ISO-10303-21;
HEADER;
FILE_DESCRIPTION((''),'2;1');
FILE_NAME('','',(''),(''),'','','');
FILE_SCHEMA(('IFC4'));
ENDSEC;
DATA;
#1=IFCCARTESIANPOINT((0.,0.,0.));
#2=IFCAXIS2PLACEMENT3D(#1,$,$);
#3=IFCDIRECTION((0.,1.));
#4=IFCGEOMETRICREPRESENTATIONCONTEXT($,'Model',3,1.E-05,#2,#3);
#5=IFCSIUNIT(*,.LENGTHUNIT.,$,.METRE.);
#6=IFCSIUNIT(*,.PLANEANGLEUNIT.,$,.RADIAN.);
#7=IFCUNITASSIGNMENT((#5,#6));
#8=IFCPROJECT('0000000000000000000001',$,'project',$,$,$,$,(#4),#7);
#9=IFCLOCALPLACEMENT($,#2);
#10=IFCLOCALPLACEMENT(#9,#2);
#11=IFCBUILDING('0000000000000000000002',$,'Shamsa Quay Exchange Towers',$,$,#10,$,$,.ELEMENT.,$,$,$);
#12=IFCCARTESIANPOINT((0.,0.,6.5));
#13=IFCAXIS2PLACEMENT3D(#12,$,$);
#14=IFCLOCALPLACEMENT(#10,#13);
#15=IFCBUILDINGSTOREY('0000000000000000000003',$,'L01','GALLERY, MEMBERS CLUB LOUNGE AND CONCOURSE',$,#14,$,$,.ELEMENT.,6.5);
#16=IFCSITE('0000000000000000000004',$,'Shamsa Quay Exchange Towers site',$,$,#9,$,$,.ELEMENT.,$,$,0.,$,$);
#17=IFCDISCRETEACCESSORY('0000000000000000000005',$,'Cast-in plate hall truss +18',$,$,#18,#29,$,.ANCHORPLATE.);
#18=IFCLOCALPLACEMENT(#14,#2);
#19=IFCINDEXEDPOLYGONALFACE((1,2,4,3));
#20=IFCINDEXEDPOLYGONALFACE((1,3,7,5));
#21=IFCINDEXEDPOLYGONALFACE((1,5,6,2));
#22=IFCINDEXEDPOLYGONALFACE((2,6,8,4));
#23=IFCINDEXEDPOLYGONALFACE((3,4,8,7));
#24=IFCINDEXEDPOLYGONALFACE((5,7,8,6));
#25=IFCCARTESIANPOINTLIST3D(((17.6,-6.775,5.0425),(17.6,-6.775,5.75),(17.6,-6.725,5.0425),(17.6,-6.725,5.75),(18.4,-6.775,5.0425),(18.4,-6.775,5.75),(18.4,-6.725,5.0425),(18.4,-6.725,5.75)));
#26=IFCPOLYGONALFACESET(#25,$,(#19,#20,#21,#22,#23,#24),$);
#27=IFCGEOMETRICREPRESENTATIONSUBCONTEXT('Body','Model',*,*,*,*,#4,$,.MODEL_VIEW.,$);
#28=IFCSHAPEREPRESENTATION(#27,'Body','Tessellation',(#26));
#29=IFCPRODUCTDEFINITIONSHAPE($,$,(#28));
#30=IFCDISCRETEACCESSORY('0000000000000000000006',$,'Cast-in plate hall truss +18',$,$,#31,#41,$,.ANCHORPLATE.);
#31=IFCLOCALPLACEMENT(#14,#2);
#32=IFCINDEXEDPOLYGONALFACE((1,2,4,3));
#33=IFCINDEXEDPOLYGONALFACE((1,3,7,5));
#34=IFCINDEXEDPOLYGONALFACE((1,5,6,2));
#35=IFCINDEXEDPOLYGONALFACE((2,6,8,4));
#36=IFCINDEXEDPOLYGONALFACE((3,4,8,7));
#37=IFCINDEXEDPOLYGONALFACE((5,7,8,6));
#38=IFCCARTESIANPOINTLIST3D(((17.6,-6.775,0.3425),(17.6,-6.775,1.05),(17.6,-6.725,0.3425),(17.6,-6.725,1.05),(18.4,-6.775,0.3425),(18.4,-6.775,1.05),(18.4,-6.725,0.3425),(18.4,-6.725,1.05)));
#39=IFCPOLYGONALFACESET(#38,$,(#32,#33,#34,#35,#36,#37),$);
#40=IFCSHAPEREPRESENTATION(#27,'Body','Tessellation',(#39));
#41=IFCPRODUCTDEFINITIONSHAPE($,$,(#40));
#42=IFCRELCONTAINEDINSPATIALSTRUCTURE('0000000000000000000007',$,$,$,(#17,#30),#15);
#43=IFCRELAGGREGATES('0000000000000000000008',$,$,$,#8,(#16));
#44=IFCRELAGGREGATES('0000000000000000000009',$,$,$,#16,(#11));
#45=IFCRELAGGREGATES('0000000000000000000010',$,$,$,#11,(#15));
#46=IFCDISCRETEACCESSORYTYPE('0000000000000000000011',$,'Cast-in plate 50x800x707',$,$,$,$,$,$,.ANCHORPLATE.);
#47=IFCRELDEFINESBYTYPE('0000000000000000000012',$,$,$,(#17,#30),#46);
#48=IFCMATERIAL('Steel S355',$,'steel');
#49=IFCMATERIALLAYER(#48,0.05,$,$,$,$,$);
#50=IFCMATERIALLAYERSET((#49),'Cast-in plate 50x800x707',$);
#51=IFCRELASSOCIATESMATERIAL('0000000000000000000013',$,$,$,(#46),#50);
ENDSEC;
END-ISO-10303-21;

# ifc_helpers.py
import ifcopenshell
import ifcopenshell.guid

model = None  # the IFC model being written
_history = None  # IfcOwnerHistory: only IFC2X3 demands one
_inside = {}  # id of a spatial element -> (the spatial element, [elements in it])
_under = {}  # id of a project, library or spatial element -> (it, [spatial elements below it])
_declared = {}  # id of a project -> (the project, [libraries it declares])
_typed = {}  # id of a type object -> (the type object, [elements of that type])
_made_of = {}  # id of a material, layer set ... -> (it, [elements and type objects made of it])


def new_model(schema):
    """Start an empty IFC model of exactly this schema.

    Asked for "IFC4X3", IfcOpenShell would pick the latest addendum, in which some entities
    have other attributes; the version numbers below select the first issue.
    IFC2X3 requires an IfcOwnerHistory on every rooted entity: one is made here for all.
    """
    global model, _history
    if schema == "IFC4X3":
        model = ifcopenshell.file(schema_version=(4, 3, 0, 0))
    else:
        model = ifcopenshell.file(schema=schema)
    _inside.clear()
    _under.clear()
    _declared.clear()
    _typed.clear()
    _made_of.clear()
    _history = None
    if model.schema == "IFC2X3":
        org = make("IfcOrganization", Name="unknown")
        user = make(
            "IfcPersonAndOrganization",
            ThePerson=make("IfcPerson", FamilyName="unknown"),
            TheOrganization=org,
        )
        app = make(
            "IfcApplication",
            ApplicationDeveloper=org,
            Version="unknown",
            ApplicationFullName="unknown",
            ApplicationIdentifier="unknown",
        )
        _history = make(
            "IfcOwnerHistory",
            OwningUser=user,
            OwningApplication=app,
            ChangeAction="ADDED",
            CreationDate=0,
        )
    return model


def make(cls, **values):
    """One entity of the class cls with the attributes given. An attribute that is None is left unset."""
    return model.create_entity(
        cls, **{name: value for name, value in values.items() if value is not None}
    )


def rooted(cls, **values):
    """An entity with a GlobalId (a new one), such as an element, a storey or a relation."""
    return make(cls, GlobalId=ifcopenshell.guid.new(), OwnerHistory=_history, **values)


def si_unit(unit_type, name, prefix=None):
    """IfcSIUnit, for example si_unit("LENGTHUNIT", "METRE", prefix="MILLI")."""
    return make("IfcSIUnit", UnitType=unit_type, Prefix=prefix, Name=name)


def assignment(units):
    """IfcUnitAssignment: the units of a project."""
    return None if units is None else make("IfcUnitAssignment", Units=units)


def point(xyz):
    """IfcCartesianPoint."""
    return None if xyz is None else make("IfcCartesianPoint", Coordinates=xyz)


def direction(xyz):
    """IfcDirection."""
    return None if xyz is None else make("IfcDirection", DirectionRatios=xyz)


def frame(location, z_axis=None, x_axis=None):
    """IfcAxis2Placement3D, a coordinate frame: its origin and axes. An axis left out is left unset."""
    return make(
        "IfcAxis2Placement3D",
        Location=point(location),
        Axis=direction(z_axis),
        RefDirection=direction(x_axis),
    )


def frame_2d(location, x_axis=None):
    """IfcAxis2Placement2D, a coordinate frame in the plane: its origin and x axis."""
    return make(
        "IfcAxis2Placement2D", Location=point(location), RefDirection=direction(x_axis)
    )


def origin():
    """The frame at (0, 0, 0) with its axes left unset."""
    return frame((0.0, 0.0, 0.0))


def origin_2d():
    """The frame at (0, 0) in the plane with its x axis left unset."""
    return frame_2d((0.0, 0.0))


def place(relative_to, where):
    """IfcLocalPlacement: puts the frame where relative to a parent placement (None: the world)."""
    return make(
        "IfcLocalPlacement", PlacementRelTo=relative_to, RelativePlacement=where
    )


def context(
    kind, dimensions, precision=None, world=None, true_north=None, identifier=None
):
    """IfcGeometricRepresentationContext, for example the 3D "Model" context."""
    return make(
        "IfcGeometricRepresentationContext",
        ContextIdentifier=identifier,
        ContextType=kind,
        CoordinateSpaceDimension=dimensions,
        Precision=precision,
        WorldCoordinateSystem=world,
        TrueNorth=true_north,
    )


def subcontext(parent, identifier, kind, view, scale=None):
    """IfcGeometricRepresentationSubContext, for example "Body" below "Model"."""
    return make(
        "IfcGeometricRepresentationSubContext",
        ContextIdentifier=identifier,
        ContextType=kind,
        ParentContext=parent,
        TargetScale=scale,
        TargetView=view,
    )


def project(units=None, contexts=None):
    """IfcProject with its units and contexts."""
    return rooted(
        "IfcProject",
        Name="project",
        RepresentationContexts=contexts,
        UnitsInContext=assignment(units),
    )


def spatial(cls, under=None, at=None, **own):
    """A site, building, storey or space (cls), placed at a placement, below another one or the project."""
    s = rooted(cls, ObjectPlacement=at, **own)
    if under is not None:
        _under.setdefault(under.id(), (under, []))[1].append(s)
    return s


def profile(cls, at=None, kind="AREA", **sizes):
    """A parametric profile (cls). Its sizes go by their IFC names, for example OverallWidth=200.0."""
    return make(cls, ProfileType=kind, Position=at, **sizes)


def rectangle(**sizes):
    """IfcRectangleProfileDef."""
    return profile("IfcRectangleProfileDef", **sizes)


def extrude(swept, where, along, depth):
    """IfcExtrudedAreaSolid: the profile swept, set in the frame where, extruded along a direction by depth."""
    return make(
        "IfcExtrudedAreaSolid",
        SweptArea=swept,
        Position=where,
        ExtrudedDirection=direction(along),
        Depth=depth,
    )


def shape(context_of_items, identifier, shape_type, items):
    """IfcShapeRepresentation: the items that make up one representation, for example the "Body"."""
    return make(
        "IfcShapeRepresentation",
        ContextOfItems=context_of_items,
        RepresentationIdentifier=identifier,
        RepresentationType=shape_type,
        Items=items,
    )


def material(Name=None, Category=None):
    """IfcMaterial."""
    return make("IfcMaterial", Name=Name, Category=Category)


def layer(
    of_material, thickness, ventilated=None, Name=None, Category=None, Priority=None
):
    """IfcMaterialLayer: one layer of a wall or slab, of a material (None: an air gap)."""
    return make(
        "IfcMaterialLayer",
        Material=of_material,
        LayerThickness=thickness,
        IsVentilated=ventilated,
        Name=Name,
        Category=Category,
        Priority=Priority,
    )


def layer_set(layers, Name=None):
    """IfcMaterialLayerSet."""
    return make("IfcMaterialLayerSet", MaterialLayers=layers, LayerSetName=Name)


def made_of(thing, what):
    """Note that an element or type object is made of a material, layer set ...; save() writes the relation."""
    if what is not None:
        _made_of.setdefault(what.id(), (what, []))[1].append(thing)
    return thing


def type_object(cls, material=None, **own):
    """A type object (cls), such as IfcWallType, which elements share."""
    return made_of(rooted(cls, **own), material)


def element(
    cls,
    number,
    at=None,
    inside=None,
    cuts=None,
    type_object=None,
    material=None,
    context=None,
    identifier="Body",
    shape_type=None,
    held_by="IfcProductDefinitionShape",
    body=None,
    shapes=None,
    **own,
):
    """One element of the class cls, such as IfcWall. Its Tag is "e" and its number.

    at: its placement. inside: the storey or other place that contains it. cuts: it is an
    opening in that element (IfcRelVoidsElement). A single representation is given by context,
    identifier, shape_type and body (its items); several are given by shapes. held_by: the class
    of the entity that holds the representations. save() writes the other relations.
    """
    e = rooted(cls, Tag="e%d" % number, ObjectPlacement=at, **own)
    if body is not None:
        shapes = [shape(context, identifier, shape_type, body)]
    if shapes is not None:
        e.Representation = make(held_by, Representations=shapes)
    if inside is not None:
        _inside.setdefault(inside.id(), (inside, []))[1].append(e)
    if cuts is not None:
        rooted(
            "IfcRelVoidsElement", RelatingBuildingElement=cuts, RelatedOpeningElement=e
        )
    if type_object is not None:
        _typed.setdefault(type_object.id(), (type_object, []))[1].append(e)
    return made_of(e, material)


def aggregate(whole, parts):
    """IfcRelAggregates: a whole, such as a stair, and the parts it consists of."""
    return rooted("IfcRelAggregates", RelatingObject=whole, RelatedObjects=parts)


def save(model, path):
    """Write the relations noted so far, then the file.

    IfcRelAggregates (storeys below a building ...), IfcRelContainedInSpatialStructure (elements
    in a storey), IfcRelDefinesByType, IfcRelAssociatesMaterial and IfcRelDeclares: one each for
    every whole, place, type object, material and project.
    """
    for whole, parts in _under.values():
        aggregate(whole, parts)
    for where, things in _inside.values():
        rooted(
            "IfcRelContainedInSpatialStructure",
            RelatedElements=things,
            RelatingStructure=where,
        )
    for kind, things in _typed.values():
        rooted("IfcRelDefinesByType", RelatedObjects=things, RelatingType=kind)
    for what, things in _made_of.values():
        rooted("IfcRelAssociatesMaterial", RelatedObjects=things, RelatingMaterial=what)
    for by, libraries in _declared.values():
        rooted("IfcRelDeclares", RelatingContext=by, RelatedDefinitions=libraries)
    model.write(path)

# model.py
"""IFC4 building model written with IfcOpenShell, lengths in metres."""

from ifc_helpers import new_model, si_unit, direction, frame, origin, origin_2d, place, context, subcontext, project, spatial, rectangle, extrude, material, layer, layer_set, type_object, element, save


model = new_model("IFC4")

# Units and contexts
model_context = context("Model", 3, precision=1e-05, world=origin(), true_north=direction((0.0, 1.0)))
body_context = subcontext(model_context, "Body", "Model", "MODEL_VIEW")
ifc_project = project(units=[si_unit("LENGTHUNIT", "METRE"), si_unit("PLANEANGLEUNIT", "RADIAN")], contexts=[model_context])

# Site, building, storey
site_placement = place(None, origin())
site = spatial("IfcSite", under=ifc_project, at=site_placement, Name="Shamsa Quay Exchange Towers site", CompositionType="ELEMENT", RefElevation=0.0)
building_placement = place(site_placement, origin())
building = spatial("IfcBuilding", under=site, at=building_placement, Name="Shamsa Quay Exchange Towers", CompositionType="ELEMENT")
storey_placement = place(building_placement, frame((0.0, 0.0, 6.5)))
storey = spatial("IfcBuildingStorey", under=building, at=storey_placement, Name="L01", Description="GALLERY, MEMBERS CLUB LOUNGE AND CONCOURSE", CompositionType="ELEMENT", Elevation=6.5)

# Shared definitions
ifc_material_1 = material(Name="Steel S355", Category="steel")

# Discrete accessories
ifc_layer_1 = layer(ifc_material_1, 0.05)
ifc_layer_set_1 = layer_set([ifc_layer_1], Name="Cast-in plate 50x800x707")
discrete_accessory_type = type_object("IfcDiscreteAccessoryType", Name="Cast-in plate 50x800x707", PredefinedType="ANCHORPLATE", material=ifc_layer_set_1)
for number, where, z_axis, x_axis, name in (
    (1, (18.0, -6.75, 5.0425), (0.0, 0.0, 1.0), (0.0, 1.0, 0.0), "Cast-in plate hall truss +18"),
    (2, (18.0, -6.75, 0.3425), (0.0, 0.0, 1.0), (0.0, 1.0, 0.0), "Cast-in plate hall truss +18"),
):
    element("IfcDiscreteAccessory", number, at=place(storey_placement, frame(where, z_axis=z_axis, x_axis=x_axis)), inside=storey, type_object=discrete_accessory_type, Name=name, PredefinedType="ANCHORPLATE", context=body_context, shape_type="SweptSolid", body=[
        extrude(rectangle(XDim=0.05, YDim=0.8, at=origin_2d()), origin(), (0.0, 0.0, 1.0), 0.7075),
    ])

save(model, "model.ifc")
